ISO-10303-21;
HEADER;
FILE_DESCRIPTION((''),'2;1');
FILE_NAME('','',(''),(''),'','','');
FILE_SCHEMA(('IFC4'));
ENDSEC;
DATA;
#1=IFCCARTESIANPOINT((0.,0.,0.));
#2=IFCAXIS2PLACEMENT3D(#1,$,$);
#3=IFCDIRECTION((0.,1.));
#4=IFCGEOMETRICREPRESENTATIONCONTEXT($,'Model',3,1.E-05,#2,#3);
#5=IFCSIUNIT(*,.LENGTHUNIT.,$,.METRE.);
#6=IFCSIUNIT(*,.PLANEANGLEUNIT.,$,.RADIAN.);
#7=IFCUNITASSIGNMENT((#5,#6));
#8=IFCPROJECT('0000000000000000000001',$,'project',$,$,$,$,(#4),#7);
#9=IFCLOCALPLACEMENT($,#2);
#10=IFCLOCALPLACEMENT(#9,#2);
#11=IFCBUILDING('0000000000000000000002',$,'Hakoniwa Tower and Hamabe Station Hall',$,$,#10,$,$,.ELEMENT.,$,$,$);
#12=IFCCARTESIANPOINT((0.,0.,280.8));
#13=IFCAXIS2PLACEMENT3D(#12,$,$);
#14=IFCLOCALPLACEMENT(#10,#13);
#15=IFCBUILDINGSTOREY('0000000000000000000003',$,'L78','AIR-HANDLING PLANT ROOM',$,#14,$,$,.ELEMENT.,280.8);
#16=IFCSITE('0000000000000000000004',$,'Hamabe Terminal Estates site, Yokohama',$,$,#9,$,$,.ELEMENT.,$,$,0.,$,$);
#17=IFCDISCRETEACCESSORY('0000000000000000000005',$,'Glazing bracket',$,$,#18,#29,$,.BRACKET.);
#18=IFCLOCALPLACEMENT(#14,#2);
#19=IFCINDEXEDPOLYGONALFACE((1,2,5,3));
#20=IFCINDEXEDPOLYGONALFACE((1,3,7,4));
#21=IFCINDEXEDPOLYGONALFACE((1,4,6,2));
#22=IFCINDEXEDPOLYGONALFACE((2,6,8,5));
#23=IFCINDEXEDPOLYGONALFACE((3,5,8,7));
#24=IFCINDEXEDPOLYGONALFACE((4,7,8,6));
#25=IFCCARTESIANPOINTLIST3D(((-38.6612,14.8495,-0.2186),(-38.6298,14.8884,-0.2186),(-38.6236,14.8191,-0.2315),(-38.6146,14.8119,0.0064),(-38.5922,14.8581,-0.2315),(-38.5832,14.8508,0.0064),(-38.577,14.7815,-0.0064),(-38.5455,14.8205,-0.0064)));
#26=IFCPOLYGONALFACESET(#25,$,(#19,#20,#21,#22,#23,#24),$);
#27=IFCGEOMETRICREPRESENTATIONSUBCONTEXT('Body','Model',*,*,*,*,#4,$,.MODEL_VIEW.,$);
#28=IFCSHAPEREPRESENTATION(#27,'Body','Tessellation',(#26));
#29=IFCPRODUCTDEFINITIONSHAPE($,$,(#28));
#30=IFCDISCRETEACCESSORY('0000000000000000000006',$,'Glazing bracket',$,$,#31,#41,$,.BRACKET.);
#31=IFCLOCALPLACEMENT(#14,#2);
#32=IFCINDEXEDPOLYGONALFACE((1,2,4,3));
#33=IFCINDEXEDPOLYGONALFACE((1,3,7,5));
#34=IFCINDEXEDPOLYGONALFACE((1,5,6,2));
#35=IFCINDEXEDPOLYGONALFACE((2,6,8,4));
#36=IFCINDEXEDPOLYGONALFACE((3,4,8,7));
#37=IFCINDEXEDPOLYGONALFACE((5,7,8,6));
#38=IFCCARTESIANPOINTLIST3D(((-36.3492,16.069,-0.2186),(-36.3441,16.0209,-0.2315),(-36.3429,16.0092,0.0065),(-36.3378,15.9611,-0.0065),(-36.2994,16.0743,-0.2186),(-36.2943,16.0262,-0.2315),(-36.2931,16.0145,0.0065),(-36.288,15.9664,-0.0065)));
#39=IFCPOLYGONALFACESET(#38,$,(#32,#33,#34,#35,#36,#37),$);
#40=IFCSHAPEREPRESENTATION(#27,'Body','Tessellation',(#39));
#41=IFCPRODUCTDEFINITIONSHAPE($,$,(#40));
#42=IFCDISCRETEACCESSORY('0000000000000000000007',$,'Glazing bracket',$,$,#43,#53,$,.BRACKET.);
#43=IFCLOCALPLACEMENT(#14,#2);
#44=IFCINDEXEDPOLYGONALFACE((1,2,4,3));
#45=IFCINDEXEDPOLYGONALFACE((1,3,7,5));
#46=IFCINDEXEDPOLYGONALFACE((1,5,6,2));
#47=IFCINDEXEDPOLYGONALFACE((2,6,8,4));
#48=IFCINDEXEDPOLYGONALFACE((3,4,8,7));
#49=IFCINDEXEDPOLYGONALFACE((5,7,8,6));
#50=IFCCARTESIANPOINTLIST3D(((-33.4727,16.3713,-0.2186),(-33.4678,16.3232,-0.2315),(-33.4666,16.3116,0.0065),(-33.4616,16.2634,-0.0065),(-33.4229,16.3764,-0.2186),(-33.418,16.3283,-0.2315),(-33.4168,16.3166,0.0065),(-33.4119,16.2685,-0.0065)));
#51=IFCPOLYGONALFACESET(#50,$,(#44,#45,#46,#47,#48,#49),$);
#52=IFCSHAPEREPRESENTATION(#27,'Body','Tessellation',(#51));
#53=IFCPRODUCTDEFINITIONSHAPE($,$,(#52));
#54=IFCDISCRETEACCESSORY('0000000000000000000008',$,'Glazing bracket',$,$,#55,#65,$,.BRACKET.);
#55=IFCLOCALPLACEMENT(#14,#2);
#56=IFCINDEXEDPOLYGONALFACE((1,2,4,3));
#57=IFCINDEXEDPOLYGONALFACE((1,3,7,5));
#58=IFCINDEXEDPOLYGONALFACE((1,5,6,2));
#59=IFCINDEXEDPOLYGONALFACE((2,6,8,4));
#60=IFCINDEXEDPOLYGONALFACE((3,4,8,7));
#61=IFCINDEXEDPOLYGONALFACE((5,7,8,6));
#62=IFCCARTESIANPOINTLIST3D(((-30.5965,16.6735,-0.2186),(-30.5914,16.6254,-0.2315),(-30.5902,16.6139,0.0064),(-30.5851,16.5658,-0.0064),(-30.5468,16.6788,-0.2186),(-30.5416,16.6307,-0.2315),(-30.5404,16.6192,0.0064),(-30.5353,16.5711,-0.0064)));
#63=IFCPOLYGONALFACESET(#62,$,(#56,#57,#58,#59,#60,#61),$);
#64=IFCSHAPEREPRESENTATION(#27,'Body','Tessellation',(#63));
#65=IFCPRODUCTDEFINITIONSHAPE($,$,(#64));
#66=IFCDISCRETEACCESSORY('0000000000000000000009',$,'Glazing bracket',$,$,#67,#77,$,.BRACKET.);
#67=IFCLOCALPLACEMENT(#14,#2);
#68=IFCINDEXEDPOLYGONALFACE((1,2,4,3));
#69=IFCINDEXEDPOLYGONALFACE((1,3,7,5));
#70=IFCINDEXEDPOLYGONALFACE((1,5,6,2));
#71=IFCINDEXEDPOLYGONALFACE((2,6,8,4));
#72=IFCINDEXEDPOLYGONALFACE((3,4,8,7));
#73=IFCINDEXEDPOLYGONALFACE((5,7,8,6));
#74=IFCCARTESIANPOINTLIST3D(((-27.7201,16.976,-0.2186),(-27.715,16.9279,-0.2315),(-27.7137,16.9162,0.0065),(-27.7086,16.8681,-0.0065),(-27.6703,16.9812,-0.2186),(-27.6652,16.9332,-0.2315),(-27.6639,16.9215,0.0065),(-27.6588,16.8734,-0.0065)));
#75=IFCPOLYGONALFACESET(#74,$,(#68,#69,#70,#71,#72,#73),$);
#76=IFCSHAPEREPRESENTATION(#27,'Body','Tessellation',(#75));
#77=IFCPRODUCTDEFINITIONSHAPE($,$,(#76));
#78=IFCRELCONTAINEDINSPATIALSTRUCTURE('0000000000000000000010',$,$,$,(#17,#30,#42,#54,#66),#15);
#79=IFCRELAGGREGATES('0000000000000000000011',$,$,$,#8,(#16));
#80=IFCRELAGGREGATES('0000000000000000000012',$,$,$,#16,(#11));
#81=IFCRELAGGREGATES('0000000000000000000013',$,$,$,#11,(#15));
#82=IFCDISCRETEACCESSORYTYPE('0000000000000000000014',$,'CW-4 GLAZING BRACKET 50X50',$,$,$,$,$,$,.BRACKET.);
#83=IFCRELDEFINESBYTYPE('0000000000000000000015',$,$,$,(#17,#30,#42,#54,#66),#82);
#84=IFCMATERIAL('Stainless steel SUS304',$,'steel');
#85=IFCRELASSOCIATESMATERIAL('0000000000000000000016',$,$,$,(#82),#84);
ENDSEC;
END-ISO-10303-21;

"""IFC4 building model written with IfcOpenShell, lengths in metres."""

from ifc_helpers import new_model, si_unit, direction, frame, origin, origin_2d, place, context, subcontext, project, spatial, rectangle, extrude, material, material_profile, profile_set, type_object, element, save


model = new_model("IFC4")

# Units and contexts
model_context = context("Model", 3, precision=1e-05, world=origin(), true_north=direction((0.0, 1.0)))
body_context = subcontext(model_context, "Body", "Model", "MODEL_VIEW")
ifc_project = project(units=[si_unit("LENGTHUNIT", "METRE"), si_unit("PLANEANGLEUNIT", "RADIAN")], contexts=[model_context])

# Site, building, storey
site_placement = place(None, origin())
site = spatial("IfcSite", under=ifc_project, at=site_placement, Name="Hamabe Terminal Estates site, Yokohama", CompositionType="ELEMENT", RefElevation=0.0)
building_placement = place(site_placement, origin())
building = spatial("IfcBuilding", under=site, at=building_placement, Name="Hakoniwa Tower and Hamabe Station Hall", CompositionType="ELEMENT")
storey_placement = place(building_placement, frame((0.0, 0.0, 280.8)))
storey = spatial("IfcBuildingStorey", under=building, at=storey_placement, Name="L78", Description="AIR-HANDLING PLANT ROOM", CompositionType="ELEMENT", Elevation=280.8)

# Discrete accessories
ifc_material_1 = material(Name="Stainless steel SUS304", Category="steel")
ifc_material_profile_1 = material_profile(ifc_material_1, rectangle(XDim=0.05, YDim=0.05, at=origin_2d()), Name="CW-4 GLAZING BRACKET 50X50")
ifc_profile_set_1 = profile_set([ifc_material_profile_1], Name="Stainless steel SUS304")
discrete_accessory_type = type_object("IfcDiscreteAccessoryType", Name="CW-4 GLAZING BRACKET 50X50", PredefinedType="BRACKET", material=ifc_profile_set_1)
for number, where, z_axis, x_axis, name in (
    (1, (-38.5801, 14.8162, 0.0), (-0.200191, 0.161411, -0.966369), (-0.627673, -0.778477, 0.0), "Glazing bracket"),
    (2, (-36.3154, 15.9878, 0.0), (-0.027244, 0.256719, -0.966102), (-0.994416, -0.10553, 0.0), "Glazing bracket"),
    (3, (-33.4392, 16.29, 0.0), (-0.026197, 0.256726, -0.966129), (-0.994834, -0.101514, 0.0), "Glazing bracket"),
    (4, (-30.5627, 16.5925, 0.0), (-0.027251, 0.25574, -0.966361), (-0.994371, -0.105958, 0.0), "Glazing bracket"),
    (5, (-27.6863, 16.8948, 0.0), (-0.027244, 0.256719, -0.966102), (-0.994416, -0.10553, 0.0), "Glazing bracket"),
):
    element("IfcDiscreteAccessory", number, at=place(storey_placement, frame(where, z_axis=z_axis, x_axis=x_axis)), inside=storey, type_object=discrete_accessory_type, Name=name, PredefinedType="BRACKET", context=body_context, shape_type="SweptSolid", body=[
        extrude(rectangle(XDim=0.05, YDim=0.05, at=origin_2d()), origin(), (0.0, 0.0, 1.0), 0.2329),
    ])

save(model, "model.ifc")
